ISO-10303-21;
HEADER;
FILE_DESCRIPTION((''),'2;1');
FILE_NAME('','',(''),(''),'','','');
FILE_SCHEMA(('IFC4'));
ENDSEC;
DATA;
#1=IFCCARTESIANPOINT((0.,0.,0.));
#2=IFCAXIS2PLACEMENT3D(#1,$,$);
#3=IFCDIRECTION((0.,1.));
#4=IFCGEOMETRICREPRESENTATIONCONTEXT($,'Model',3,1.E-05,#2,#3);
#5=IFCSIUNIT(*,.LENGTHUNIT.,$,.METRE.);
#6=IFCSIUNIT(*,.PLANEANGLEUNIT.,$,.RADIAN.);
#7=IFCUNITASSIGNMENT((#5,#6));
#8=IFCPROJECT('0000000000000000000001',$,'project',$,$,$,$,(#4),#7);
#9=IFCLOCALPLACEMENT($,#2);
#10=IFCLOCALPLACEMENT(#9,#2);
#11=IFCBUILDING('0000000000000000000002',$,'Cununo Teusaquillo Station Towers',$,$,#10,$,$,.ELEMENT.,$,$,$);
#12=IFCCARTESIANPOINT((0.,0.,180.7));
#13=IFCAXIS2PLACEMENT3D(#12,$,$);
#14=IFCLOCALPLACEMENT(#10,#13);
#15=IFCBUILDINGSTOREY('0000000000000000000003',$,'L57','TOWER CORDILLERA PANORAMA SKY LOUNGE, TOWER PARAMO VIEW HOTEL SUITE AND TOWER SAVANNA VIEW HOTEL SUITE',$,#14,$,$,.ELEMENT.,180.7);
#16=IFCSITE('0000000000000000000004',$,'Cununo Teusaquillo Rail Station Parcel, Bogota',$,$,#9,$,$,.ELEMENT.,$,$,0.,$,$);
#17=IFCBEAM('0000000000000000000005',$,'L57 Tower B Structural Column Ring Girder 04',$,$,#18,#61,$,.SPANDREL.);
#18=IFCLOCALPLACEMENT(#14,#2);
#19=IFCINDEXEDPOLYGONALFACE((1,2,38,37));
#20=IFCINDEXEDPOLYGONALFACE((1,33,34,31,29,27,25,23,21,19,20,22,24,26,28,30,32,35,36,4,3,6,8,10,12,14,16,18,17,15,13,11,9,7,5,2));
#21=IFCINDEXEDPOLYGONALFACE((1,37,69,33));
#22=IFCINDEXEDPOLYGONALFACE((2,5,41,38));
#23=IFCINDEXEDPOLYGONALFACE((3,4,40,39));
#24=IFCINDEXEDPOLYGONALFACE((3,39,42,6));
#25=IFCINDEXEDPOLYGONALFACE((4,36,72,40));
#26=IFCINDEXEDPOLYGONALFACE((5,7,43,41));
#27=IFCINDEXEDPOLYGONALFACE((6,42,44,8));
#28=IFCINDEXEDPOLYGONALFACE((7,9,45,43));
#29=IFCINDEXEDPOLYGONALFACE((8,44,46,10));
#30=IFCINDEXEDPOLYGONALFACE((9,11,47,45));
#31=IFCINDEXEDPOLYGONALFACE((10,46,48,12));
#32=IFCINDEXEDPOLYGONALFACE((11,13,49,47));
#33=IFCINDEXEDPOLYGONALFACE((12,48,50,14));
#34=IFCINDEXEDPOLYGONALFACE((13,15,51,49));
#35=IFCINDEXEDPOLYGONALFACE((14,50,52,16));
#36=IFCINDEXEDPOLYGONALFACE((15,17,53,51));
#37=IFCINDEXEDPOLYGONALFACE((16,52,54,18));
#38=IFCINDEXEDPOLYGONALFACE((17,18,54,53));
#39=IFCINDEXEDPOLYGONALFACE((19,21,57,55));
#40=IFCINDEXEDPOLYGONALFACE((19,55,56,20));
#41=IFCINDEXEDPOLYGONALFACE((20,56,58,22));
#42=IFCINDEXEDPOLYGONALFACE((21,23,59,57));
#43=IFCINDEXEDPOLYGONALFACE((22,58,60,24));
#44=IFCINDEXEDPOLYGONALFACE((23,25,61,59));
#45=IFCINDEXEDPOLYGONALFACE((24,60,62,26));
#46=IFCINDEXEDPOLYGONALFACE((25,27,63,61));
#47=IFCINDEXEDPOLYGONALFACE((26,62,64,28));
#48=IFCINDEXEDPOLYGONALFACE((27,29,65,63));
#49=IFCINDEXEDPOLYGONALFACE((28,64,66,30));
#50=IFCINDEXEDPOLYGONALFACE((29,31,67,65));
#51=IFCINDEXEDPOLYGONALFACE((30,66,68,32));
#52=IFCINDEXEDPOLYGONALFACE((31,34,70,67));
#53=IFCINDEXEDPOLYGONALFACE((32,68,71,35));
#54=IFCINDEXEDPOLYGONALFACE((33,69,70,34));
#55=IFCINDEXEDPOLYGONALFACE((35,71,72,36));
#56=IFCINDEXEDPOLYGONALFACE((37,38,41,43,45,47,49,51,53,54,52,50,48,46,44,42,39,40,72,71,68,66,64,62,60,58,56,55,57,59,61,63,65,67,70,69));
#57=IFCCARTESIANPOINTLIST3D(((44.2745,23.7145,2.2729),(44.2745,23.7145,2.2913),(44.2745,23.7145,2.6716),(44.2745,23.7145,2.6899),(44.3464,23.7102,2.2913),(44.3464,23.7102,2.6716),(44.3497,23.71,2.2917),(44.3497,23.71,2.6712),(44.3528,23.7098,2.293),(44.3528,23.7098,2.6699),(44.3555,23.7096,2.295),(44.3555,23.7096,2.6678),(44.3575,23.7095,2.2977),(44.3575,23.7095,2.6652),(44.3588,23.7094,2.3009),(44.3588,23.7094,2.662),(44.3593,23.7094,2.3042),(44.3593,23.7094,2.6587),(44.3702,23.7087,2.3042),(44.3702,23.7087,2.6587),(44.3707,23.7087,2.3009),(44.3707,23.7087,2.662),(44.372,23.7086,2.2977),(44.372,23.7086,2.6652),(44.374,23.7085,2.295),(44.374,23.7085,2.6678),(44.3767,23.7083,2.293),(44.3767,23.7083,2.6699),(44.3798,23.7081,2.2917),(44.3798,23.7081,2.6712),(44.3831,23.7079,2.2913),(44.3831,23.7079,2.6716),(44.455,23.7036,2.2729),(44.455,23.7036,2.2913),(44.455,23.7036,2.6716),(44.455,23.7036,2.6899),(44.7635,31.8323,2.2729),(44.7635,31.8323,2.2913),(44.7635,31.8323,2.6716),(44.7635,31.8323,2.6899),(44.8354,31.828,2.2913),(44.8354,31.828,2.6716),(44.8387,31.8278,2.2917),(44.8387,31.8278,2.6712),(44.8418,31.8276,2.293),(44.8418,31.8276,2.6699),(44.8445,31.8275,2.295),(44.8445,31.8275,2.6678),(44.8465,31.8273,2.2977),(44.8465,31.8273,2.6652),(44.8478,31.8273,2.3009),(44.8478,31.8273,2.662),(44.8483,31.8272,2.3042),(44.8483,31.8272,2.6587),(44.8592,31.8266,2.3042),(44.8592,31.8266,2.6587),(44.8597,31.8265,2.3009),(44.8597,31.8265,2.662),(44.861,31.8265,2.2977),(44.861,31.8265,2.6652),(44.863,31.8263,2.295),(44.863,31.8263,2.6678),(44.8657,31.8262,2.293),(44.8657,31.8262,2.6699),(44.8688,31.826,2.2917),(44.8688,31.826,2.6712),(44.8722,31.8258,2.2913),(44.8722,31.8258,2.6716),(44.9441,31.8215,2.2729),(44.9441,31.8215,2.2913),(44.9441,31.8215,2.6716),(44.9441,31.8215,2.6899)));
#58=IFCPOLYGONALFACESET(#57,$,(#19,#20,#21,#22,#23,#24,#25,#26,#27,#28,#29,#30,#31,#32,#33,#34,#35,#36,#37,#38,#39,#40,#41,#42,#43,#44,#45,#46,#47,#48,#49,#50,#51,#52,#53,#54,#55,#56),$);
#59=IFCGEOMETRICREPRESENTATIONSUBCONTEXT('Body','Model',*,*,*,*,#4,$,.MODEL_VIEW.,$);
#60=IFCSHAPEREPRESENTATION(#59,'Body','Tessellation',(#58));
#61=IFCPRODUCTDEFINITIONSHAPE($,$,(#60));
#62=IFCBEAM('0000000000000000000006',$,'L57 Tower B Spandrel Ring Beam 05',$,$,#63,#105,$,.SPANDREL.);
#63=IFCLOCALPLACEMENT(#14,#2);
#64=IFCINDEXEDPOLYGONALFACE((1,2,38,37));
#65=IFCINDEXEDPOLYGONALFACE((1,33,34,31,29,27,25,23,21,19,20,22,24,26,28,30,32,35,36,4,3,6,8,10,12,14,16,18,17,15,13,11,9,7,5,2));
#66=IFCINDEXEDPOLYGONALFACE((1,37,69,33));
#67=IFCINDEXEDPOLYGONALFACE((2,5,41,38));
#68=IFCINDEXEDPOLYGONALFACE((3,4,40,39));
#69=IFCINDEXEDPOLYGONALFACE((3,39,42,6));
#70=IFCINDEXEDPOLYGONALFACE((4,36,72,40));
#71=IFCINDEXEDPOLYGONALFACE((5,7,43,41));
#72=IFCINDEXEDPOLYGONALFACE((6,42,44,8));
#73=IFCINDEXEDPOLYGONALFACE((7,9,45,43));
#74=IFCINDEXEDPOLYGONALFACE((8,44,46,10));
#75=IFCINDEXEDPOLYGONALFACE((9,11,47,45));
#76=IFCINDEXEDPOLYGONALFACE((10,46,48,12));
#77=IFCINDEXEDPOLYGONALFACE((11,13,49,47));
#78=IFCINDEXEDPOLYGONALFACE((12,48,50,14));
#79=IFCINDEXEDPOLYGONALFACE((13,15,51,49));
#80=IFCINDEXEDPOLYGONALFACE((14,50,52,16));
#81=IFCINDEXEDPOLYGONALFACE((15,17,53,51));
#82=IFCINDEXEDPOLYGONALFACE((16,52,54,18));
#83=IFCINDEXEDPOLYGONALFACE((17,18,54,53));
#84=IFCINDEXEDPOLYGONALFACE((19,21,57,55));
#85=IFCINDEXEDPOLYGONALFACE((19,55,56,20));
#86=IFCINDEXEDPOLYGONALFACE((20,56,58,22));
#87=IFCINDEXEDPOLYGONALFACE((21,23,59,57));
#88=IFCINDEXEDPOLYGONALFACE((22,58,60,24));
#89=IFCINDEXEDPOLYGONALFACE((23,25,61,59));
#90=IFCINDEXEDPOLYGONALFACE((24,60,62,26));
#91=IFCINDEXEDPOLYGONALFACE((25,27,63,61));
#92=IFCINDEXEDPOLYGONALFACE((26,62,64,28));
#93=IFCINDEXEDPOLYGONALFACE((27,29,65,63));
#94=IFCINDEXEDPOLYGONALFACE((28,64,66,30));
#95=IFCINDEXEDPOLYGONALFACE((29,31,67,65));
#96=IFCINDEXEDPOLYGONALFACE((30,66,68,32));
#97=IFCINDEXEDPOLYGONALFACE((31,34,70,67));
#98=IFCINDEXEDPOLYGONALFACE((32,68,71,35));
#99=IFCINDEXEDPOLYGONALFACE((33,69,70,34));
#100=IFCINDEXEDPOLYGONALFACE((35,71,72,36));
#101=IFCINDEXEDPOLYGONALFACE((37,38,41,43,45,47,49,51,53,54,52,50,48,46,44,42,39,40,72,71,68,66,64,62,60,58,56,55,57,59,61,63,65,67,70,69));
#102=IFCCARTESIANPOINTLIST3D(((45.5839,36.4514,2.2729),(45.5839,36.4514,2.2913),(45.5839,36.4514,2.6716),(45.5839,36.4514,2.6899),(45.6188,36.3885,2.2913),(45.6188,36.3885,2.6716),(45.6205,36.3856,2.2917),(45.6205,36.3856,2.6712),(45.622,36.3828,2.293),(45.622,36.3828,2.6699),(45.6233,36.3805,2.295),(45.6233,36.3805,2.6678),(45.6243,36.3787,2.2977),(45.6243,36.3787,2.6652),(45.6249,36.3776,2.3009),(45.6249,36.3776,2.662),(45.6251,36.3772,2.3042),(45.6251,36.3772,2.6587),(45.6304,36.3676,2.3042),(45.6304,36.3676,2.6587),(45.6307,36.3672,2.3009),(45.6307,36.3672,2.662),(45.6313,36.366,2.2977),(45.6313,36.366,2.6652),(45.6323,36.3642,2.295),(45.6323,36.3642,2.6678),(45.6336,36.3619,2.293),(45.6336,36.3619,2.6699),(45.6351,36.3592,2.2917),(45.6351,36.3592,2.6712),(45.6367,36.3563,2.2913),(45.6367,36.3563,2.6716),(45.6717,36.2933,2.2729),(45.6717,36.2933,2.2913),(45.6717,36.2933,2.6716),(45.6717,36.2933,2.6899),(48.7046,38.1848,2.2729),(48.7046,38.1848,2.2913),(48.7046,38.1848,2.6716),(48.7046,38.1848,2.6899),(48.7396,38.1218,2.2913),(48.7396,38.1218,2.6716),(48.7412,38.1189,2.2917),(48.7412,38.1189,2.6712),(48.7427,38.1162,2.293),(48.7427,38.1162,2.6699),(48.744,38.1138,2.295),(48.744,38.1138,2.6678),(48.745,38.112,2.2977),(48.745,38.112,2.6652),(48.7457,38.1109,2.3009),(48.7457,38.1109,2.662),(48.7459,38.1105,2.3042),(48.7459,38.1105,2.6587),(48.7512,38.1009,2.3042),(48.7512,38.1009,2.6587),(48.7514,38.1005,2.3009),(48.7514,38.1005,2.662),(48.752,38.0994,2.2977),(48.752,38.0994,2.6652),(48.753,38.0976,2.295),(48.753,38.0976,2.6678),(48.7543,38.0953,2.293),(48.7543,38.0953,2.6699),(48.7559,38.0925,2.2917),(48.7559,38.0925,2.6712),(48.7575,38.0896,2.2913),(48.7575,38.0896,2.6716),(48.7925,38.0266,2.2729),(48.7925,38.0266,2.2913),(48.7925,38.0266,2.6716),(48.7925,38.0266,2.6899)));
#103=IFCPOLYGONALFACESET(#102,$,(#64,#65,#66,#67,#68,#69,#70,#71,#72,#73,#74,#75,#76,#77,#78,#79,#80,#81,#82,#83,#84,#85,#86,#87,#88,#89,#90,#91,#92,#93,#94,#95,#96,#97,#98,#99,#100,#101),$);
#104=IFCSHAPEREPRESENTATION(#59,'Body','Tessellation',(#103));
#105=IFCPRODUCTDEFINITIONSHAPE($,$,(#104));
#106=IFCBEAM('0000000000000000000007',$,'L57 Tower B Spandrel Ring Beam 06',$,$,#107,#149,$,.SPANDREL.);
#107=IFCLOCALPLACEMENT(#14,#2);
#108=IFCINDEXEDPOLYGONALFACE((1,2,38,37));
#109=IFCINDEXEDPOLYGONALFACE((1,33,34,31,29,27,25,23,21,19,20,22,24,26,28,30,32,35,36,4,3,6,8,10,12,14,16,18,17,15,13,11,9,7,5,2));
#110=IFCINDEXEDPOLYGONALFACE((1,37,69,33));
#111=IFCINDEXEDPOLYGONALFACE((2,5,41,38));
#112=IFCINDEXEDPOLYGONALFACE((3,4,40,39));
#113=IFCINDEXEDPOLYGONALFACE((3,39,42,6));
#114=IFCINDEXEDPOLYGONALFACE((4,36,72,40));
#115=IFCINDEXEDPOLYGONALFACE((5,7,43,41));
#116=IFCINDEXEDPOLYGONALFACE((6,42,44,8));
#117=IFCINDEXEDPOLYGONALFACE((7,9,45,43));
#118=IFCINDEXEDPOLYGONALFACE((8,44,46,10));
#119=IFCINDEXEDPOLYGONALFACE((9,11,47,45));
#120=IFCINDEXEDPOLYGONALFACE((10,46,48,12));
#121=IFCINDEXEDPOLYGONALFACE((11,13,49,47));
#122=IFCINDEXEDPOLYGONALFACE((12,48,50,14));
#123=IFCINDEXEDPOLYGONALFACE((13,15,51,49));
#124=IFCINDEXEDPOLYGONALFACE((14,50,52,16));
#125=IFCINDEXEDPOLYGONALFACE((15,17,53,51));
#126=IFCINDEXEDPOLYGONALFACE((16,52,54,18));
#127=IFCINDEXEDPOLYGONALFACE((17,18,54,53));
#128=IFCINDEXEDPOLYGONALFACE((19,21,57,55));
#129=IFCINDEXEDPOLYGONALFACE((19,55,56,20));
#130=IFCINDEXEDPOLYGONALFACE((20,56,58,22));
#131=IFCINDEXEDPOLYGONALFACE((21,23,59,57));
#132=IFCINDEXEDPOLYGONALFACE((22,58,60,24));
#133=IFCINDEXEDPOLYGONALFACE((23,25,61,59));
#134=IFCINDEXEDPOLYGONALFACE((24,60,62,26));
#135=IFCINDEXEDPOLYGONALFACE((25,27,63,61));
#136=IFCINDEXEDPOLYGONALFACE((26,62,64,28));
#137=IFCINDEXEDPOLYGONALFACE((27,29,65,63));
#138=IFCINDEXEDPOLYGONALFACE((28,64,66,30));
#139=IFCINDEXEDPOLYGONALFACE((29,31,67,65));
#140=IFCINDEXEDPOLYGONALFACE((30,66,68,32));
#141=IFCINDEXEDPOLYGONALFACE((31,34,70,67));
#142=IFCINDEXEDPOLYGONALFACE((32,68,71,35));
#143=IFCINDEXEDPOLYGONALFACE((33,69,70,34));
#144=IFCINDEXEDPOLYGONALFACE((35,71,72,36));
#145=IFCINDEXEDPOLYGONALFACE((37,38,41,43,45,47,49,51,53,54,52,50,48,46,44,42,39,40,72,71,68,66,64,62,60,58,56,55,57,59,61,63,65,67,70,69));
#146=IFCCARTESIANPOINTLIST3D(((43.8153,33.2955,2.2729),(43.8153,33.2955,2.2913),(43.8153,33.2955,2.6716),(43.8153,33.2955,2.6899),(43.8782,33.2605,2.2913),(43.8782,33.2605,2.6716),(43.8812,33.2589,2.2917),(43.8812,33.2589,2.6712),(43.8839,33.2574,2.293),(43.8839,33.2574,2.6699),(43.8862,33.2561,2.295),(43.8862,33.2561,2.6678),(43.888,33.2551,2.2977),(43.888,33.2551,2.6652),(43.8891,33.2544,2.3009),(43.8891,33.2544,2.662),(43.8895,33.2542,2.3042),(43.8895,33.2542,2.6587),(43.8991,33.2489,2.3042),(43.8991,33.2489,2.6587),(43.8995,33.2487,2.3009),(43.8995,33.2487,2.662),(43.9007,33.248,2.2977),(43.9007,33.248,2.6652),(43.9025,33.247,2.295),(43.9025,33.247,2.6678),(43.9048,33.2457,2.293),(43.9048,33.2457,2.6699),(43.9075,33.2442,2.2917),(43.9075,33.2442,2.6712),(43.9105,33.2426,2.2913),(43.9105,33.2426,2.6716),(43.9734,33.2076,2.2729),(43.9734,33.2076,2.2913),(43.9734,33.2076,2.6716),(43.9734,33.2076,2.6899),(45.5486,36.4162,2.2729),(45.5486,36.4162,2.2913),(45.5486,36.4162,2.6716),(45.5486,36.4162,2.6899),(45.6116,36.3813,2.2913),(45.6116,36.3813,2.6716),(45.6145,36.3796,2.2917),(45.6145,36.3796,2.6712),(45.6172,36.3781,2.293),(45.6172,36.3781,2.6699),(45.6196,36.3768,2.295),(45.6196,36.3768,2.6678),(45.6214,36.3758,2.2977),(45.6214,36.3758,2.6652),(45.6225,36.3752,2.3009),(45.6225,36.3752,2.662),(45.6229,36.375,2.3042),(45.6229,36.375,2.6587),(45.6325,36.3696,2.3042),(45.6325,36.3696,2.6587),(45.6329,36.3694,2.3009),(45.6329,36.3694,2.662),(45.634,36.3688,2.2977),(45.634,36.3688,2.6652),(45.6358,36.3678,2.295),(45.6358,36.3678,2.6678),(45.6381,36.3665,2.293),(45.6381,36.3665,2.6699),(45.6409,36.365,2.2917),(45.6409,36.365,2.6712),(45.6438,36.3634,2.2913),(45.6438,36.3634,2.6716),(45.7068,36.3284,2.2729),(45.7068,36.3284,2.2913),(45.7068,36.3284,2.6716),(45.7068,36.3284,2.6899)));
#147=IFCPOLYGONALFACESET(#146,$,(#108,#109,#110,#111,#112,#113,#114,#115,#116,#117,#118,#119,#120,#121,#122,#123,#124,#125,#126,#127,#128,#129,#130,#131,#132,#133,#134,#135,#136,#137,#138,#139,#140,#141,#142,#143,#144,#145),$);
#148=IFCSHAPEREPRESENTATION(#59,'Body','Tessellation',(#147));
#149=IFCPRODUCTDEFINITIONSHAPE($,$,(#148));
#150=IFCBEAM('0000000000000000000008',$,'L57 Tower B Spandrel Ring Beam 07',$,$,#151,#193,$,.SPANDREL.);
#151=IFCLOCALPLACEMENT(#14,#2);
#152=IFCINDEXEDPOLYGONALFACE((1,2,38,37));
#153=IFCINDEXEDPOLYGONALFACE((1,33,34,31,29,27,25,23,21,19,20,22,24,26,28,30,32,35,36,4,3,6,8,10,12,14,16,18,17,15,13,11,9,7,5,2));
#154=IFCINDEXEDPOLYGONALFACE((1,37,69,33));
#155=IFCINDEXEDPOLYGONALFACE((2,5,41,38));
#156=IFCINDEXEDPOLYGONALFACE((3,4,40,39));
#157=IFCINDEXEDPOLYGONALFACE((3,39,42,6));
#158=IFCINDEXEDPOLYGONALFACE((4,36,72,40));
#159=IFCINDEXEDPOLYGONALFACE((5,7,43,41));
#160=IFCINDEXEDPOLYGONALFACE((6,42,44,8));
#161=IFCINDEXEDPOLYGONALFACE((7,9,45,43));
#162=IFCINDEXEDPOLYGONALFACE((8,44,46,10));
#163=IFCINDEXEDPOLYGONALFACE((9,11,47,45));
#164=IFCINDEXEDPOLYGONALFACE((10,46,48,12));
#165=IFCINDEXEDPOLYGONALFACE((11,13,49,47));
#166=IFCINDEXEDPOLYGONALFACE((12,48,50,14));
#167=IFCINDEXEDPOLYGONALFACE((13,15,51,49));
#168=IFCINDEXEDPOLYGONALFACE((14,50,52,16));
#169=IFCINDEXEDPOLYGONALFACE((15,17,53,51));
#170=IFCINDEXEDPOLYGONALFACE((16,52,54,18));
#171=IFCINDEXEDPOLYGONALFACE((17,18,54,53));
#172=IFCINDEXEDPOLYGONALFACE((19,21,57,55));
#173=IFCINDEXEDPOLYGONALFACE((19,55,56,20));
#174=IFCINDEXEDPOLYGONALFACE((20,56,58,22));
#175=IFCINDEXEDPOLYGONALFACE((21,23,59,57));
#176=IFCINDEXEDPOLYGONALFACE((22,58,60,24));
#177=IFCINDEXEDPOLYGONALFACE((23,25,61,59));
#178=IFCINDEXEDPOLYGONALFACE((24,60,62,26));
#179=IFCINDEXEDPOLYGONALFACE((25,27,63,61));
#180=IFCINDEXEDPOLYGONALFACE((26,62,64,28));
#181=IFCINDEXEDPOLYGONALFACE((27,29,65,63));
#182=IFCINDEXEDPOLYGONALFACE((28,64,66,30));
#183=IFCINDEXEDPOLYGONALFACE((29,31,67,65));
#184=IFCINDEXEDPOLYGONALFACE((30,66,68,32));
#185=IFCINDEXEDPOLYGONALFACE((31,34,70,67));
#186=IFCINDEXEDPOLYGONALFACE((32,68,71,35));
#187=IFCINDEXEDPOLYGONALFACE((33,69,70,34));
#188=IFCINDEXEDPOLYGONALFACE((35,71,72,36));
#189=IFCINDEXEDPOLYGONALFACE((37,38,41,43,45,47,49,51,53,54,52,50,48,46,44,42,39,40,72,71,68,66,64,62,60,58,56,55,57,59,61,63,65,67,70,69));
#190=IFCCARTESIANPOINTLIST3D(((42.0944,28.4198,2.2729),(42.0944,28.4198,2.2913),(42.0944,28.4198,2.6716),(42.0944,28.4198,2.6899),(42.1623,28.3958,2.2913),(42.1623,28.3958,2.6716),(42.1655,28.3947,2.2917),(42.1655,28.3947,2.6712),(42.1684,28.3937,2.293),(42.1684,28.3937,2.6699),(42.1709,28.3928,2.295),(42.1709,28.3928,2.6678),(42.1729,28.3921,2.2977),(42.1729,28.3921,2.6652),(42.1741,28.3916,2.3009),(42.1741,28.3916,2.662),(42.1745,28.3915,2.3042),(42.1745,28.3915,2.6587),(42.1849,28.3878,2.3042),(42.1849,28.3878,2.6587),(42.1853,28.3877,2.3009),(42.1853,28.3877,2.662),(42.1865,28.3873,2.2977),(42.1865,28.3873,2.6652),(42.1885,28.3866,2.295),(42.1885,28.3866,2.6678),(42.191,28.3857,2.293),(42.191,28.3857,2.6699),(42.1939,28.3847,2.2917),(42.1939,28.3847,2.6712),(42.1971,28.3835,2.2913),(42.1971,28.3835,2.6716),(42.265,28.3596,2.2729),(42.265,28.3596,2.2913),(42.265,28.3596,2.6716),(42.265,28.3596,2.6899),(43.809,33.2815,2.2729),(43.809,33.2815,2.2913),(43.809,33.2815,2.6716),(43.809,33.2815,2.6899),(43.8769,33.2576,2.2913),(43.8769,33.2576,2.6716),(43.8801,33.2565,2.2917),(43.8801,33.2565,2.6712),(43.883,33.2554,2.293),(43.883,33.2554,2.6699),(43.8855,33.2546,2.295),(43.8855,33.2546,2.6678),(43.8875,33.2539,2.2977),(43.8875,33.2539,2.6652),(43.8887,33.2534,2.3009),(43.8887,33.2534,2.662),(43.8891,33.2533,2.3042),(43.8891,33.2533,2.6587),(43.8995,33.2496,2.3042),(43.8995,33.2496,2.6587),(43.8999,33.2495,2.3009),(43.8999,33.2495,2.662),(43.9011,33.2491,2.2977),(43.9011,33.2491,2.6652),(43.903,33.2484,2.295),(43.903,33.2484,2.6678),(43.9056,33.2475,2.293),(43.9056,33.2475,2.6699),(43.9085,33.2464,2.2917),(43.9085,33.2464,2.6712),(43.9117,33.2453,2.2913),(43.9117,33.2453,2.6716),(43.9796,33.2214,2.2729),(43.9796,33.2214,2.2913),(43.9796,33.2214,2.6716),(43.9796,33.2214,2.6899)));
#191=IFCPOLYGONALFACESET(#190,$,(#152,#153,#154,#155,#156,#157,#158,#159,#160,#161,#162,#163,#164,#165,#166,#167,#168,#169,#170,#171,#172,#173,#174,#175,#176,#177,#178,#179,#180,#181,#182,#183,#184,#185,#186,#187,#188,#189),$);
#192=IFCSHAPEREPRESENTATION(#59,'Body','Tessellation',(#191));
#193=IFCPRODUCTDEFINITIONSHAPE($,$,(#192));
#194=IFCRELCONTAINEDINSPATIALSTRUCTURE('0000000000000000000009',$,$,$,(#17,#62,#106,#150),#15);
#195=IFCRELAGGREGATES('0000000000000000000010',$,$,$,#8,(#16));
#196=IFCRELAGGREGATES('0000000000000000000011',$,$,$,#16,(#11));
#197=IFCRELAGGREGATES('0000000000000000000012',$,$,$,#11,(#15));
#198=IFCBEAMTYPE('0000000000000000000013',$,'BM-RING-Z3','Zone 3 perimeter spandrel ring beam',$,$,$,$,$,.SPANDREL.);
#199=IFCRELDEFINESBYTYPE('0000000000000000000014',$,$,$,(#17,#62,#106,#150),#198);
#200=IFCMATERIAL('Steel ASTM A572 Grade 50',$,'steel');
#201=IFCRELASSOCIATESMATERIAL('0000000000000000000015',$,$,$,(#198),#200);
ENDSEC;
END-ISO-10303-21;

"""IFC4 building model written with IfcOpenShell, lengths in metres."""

from ifc_helpers import new_model, si_unit, direction, frame, origin, origin_2d, place, context, subcontext, project, spatial, i_section, extrude, material, material_profile, profile_set, type_object, element, save


model = new_model("IFC4")

# Units and contexts
model_context = context("Model", 3, precision=1e-05, world=origin(), true_north=direction((0.0, 1.0)))
body_context = subcontext(model_context, "Body", "Model", "MODEL_VIEW")
ifc_project = project(units=[si_unit("LENGTHUNIT", "METRE"), si_unit("PLANEANGLEUNIT", "RADIAN")], contexts=[model_context])

# Site, building, storey
site_placement = place(None, origin())
site = spatial("IfcSite", under=ifc_project, at=site_placement, Name="Cununo Teusaquillo Rail Station Parcel, Bogota", CompositionType="ELEMENT", RefElevation=0.0)
building_placement = place(site_placement, origin())
building = spatial("IfcBuilding", under=site, at=building_placement, Name="Cununo Teusaquillo Station Towers", CompositionType="ELEMENT")
storey_placement = place(building_placement, frame((0.0, 0.0, 180.7)))
storey = spatial("IfcBuildingStorey", under=building, at=storey_placement, Name="L57", Description="TOWER CORDILLERA PANORAMA SKY LOUNGE, TOWER PARAMO VIEW HOTEL SUITE AND TOWER SAVANNA VIEW HOTEL SUITE", CompositionType="ELEMENT", Elevation=180.7)

# Beams
ifc_material_1 = material(Name="Steel ASTM A572 Grade 50", Category="steel")
ifc_material_profile_1 = material_profile(ifc_material_1, i_section(OverallWidth=0.1809, OverallDepth=0.417, WebThickness=0.011, FlangeThickness=0.0183, FilletRadius=0.0129, at=origin_2d()), Name="W16X57")
ifc_profile_set_1 = profile_set([ifc_material_profile_1], Name="Steel ASTM A572 Grade 50")
beam_type_1 = type_object("IfcBeamType", Name="BM-RING-Z3", Description="Zone 3 perimeter spandrel ring beam", PredefinedType="SPANDREL", material=ifc_profile_set_1)
beam_1_placement = place(storey_placement, frame((44.8538, 31.8269, 2.4814), z_axis=(-0.06013, -0.998191, 0.0), x_axis=(0.998191, -0.06013, 0.0)))
element("IfcBeam", 1, at=beam_1_placement, inside=storey, type_object=beam_type_1, Name="L57 Tower B Structural Column Ring Girder 04", PredefinedType="SPANDREL", context=body_context, shape_type="SweptSolid", body=[
    extrude(i_section(OverallWidth=0.1809, OverallDepth=0.417, WebThickness=0.011, FlangeThickness=0.0183, FilletRadius=0.0129, at=origin_2d()), origin(), (0.0, 0.0, 1.0), 8.1326),
])
for number, where, z_axis, x_axis, name in (
    (2, (48.7485, 38.1057, 2.4814), (-0.874206, -0.485556, 0.0), (0.485556, -0.874206, 0.0), "L57 Tower B Spandrel Ring Beam 05"),
    (3, (45.6277, 36.3723, 2.4814), (-0.485556, -0.874206, 0.0), (0.874206, -0.485556, 0.0), "L57 Tower B Spandrel Ring Beam 06"),
):
    element("IfcBeam", number, at=place(storey_placement, frame(where, z_axis=z_axis, x_axis=x_axis)), inside=storey, type_object=beam_type_1, Name=name, PredefinedType="SPANDREL", context=body_context, shape_type="SweptSolid", body=[
        extrude(i_section(OverallWidth=0.1809, OverallDepth=0.417, WebThickness=0.011, FlangeThickness=0.0183, FilletRadius=0.0129, at=origin_2d()), origin(), (0.0, 0.0, 1.0), 3.5698),
    ])
beam_2_placement = place(storey_placement, frame((43.8943, 33.2515, 2.4814), z_axis=(-0.33259, -0.943072, 0.0), x_axis=(0.943072, -0.33259, 0.0)))
element("IfcBeam", 4, at=beam_2_placement, inside=storey, type_object=beam_type_1, Name="L57 Tower B Spandrel Ring Beam 07", PredefinedType="SPANDREL", context=body_context, shape_type="SweptSolid", body=[
    extrude(i_section(OverallWidth=0.1809, OverallDepth=0.417, WebThickness=0.011, FlangeThickness=0.0183, FilletRadius=0.0129, at=origin_2d()), origin(), (0.0, 0.0, 1.0), 5.1553),
])

save(model, "model.ifc")
